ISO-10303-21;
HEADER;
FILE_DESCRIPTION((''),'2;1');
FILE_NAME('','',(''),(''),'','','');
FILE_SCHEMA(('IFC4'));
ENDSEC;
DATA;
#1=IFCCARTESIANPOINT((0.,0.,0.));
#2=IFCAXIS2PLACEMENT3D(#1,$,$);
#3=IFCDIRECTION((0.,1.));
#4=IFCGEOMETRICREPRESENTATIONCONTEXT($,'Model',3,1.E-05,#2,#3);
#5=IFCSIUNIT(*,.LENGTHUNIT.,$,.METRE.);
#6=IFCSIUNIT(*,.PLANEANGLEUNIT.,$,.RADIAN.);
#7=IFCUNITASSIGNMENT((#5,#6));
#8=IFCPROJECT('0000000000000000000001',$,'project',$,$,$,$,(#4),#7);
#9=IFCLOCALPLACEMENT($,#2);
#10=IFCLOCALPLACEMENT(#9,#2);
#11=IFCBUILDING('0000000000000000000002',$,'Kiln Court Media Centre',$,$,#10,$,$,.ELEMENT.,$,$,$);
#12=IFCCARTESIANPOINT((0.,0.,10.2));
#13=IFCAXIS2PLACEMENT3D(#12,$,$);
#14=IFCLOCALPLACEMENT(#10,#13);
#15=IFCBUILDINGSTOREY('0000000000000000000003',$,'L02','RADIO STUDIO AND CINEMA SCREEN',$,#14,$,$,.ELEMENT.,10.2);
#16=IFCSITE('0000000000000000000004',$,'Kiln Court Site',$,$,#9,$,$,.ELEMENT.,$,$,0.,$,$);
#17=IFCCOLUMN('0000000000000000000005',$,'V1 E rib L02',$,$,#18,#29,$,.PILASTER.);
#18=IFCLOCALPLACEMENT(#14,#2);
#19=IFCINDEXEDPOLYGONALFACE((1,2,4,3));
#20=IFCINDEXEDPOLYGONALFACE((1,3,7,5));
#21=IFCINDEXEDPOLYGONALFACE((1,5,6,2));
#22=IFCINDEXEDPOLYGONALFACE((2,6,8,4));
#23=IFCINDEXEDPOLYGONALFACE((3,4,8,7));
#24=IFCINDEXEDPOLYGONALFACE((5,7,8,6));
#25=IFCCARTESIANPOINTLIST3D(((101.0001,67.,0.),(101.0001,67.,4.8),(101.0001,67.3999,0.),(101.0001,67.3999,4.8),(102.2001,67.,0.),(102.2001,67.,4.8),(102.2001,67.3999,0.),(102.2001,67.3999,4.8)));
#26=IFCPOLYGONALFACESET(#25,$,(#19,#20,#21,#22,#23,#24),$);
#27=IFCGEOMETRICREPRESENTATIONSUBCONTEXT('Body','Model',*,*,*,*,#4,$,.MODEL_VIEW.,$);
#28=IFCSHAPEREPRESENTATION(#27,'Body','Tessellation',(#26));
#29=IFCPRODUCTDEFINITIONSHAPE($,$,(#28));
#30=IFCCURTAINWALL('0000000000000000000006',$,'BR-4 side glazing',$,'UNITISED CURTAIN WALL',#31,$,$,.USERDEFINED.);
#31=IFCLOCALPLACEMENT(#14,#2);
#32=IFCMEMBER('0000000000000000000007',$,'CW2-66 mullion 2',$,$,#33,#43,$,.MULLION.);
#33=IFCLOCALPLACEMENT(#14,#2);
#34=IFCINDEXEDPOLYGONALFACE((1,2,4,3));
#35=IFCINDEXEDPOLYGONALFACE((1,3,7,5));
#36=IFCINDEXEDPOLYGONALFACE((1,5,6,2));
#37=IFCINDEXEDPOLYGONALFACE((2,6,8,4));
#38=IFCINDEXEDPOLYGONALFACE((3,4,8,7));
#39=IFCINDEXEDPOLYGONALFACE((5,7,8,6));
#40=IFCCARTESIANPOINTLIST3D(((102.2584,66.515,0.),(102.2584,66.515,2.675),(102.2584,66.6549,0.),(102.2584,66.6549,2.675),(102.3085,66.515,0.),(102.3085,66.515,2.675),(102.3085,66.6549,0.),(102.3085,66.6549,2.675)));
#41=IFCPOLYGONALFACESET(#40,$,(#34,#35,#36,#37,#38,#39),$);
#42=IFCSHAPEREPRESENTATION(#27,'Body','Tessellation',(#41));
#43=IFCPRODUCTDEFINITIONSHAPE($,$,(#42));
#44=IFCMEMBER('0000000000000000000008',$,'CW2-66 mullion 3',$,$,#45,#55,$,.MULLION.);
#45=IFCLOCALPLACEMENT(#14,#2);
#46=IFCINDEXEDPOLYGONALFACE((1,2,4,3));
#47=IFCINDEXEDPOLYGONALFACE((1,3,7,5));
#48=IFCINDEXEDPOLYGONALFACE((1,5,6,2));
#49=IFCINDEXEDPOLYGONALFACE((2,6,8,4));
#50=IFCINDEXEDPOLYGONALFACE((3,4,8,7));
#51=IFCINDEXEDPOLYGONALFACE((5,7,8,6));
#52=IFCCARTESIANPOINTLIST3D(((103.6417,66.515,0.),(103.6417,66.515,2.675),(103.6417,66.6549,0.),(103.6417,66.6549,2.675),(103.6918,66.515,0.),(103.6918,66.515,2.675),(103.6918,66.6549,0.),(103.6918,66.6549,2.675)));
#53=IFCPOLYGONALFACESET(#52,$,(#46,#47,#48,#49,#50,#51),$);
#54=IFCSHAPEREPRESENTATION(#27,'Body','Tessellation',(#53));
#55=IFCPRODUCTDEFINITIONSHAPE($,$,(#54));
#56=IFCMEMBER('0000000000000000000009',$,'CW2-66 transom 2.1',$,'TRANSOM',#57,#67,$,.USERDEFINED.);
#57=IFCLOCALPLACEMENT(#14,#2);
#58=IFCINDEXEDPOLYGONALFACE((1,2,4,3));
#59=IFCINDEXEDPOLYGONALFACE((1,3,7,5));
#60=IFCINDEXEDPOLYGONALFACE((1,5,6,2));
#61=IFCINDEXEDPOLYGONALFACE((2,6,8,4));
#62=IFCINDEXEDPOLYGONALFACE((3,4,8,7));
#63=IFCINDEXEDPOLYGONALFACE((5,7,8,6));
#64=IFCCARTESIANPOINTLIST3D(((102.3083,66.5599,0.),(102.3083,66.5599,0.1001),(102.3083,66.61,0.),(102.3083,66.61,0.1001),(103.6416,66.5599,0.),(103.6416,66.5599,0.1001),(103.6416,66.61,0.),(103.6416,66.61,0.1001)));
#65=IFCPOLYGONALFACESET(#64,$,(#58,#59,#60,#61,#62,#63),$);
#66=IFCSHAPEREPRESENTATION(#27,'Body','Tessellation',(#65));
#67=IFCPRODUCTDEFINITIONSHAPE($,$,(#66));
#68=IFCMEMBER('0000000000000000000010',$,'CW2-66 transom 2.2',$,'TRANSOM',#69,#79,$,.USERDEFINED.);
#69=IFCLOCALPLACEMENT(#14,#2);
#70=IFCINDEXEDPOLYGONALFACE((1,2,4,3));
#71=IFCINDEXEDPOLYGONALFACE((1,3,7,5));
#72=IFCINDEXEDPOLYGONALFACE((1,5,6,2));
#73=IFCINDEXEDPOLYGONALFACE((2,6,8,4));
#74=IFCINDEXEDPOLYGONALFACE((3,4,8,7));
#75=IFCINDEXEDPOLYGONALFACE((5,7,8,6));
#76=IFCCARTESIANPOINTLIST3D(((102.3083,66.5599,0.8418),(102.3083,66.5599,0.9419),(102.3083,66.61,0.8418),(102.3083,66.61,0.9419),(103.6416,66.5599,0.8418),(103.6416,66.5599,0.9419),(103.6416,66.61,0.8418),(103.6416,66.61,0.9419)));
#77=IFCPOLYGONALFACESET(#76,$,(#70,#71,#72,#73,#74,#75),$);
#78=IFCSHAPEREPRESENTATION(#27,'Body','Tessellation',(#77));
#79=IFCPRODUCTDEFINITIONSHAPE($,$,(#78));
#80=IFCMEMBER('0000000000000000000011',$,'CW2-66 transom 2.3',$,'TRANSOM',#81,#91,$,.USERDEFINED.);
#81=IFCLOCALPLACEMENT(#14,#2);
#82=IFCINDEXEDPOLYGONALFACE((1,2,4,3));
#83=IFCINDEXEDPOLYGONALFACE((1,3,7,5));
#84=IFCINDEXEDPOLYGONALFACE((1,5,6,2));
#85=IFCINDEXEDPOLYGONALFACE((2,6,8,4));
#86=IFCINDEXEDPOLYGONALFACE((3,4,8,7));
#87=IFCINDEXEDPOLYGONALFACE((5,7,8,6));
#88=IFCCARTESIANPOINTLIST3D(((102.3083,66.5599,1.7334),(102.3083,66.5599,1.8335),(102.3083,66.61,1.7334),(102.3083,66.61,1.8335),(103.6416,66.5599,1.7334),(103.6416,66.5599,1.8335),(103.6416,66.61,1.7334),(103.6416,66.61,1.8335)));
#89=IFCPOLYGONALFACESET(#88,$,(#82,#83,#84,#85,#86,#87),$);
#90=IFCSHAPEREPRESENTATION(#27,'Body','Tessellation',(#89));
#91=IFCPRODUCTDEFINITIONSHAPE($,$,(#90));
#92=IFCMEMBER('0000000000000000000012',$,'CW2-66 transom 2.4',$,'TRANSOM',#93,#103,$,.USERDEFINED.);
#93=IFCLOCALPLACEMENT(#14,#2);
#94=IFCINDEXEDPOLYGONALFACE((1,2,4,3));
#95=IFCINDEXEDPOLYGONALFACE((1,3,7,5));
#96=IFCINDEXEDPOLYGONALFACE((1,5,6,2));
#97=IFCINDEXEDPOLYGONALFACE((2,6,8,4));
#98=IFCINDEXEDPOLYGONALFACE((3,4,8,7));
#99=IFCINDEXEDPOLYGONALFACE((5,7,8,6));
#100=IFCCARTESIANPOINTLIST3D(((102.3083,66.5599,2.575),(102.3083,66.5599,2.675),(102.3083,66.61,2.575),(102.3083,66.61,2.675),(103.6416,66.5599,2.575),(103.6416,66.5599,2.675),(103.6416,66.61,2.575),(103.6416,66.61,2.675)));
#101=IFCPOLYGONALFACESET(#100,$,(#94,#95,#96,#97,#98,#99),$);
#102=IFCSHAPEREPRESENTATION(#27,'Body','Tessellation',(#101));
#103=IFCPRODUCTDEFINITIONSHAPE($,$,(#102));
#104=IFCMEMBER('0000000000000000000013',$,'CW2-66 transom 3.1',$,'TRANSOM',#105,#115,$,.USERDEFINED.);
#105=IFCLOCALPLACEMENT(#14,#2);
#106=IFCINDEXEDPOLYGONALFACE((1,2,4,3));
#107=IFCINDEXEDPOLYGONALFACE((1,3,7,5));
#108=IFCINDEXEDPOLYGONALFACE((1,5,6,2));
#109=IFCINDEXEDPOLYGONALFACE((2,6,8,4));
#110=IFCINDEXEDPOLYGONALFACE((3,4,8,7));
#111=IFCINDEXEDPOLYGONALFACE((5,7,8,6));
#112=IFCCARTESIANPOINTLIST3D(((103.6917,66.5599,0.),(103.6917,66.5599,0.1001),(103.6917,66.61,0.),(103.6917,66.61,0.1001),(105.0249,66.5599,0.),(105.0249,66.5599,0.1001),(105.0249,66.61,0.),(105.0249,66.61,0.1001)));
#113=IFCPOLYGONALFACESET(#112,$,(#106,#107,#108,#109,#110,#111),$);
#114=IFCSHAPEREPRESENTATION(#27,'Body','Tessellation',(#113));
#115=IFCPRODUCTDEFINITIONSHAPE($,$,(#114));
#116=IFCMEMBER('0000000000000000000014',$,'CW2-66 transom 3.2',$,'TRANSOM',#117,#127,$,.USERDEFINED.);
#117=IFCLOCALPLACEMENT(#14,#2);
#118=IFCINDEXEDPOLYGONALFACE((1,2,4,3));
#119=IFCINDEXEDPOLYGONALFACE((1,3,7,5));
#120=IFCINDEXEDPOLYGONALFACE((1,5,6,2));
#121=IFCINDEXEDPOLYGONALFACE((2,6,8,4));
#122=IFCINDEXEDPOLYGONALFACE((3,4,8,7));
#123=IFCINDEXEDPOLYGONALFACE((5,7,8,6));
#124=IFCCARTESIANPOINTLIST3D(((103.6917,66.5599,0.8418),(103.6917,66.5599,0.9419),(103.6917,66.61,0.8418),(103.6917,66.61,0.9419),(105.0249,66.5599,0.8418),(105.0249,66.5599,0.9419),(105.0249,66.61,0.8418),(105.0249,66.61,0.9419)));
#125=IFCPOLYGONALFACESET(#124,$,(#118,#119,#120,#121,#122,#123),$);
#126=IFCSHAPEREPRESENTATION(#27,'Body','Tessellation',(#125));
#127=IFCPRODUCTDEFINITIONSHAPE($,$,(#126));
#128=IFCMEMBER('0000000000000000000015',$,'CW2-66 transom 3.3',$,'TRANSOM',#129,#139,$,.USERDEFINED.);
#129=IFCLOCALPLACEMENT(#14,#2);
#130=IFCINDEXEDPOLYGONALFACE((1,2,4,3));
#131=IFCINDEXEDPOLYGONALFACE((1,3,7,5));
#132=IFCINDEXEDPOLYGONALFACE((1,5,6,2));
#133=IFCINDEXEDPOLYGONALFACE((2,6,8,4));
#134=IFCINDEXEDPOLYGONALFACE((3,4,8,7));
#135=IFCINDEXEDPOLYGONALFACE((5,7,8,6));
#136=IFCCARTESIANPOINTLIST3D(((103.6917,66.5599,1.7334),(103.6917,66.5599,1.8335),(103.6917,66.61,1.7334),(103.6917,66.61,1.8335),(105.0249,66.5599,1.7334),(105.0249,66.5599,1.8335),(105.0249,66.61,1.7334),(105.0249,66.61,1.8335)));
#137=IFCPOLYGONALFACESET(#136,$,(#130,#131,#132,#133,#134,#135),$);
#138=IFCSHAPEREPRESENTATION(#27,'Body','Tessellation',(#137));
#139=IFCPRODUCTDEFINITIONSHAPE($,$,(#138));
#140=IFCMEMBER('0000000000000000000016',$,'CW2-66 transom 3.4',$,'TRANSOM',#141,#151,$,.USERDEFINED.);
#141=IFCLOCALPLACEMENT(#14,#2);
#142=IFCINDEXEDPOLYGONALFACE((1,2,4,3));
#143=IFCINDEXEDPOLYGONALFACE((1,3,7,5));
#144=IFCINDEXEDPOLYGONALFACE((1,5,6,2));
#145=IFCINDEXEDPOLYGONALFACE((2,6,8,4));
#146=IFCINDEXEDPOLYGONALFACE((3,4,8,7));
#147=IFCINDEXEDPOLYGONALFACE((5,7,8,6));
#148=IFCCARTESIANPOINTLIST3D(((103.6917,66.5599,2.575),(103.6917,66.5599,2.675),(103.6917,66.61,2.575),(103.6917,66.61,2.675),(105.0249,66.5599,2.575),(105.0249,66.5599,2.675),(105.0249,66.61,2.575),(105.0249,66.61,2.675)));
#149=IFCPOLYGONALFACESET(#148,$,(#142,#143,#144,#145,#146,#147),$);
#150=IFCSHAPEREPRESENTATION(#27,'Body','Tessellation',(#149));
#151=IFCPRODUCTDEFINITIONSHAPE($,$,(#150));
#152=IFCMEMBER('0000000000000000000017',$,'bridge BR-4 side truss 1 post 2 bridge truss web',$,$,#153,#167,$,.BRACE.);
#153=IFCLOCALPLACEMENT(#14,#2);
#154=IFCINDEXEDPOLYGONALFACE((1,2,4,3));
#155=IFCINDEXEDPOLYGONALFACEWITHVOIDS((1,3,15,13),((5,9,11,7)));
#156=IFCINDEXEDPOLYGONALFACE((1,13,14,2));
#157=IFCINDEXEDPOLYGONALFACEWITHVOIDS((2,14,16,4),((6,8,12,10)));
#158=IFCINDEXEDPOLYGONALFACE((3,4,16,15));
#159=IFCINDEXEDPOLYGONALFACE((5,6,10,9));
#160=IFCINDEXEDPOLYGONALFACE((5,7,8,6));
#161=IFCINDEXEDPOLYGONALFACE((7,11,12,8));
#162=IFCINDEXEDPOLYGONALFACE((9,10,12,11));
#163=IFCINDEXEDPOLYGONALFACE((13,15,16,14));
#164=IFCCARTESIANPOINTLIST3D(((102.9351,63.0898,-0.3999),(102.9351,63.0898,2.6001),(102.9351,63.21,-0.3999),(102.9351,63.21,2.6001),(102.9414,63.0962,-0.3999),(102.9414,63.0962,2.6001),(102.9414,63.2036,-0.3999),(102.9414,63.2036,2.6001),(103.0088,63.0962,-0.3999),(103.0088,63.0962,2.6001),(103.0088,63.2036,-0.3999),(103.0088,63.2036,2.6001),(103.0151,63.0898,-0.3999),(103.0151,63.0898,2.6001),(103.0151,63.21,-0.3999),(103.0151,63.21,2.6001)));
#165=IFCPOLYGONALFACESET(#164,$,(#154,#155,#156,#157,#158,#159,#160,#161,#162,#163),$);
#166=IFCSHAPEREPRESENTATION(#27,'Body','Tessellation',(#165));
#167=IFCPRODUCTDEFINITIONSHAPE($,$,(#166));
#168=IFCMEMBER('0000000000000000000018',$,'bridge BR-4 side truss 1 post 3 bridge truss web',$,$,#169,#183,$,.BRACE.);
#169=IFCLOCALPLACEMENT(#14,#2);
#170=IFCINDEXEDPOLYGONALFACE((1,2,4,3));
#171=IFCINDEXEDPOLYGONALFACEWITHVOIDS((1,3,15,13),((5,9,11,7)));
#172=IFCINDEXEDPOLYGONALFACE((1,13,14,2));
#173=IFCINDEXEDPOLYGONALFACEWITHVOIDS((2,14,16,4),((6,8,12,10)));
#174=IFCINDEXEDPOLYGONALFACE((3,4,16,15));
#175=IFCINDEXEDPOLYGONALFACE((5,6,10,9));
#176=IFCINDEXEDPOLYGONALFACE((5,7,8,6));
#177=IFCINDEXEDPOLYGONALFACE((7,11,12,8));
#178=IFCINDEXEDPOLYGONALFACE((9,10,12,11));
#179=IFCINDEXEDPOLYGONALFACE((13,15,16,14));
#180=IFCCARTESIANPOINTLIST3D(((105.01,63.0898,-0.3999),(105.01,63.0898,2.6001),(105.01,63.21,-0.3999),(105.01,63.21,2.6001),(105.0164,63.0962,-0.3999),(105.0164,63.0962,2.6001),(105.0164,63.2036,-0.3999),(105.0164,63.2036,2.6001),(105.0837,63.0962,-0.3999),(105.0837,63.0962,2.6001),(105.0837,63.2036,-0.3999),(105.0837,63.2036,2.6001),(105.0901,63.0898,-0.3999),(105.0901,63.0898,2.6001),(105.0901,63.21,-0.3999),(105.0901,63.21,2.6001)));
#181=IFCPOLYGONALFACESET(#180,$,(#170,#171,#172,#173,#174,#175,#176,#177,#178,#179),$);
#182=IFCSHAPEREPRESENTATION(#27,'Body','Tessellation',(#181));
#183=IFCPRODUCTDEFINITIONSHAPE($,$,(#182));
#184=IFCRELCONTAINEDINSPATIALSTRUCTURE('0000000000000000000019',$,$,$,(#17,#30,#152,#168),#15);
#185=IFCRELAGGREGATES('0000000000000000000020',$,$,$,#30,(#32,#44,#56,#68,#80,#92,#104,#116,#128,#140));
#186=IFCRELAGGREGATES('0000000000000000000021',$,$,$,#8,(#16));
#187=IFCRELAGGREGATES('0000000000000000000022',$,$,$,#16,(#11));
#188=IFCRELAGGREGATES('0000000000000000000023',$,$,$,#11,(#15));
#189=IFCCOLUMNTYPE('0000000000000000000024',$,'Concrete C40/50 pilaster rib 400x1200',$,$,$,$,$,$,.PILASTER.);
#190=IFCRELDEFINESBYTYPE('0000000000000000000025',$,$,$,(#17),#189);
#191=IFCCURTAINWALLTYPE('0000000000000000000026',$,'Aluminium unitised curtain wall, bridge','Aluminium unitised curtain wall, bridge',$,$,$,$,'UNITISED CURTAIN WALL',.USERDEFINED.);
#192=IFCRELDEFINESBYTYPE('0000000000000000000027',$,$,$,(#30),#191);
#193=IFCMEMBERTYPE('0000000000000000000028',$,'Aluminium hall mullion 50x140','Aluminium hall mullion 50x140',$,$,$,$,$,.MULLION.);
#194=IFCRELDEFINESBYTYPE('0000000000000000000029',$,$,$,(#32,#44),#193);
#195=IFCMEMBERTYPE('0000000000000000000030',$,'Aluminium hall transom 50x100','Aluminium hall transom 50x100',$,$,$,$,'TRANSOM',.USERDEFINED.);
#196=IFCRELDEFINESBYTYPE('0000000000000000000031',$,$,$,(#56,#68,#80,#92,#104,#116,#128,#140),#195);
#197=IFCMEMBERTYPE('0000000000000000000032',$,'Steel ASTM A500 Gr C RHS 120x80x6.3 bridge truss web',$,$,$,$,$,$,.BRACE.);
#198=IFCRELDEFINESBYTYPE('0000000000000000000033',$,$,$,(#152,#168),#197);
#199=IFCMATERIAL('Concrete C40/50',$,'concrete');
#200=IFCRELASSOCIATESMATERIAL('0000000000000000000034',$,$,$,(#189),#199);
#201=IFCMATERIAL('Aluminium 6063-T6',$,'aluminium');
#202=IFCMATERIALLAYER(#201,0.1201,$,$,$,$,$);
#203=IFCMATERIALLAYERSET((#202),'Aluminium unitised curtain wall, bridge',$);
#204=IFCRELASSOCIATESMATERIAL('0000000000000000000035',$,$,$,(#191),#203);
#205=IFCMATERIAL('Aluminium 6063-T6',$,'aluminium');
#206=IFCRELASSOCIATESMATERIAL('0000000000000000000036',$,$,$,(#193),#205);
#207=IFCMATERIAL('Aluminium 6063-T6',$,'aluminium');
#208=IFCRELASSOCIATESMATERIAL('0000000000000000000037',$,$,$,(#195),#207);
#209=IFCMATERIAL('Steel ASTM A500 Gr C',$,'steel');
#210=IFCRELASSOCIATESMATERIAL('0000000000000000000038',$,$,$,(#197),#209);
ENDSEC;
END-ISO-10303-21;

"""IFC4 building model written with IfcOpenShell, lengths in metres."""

from ifc_helpers import new_model, si_unit, direction, frame, origin, origin_2d, place, context, subcontext, project, spatial, rectangle, hollow_rectangle, extrude, material, layer, layer_set, material_profile, profile_set, type_object, element, aggregate, save


model = new_model("IFC4")

# Units and contexts
model_context = context("Model", 3, precision=1e-05, world=origin(), true_north=direction((0.0, 1.0)))
body_context = subcontext(model_context, "Body", "Model", "MODEL_VIEW")
ifc_project = project(units=[si_unit("LENGTHUNIT", "METRE"), si_unit("PLANEANGLEUNIT", "RADIAN")], contexts=[model_context])

# Site, building, storey
site_placement = place(None, origin())
site = spatial("IfcSite", under=ifc_project, at=site_placement, Name="Kiln Court Site", CompositionType="ELEMENT", RefElevation=0.0)
building_placement = place(site_placement, origin())
building = spatial("IfcBuilding", under=site, at=building_placement, Name="Kiln Court Media Centre", CompositionType="ELEMENT")
storey_placement = place(building_placement, frame((0.0, 0.0, 10.2)))
storey = spatial("IfcBuildingStorey", under=building, at=storey_placement, Name="L02", Description="RADIO STUDIO AND CINEMA SCREEN", CompositionType="ELEMENT", Elevation=10.2)

# Column
ifc_material_1 = material(Name="Concrete C40/50", Category="concrete")
ifc_material_profile_1 = material_profile(ifc_material_1, rectangle(XDim=0.3999, YDim=1.2, at=origin_2d()), Name="RC 400x1200")
ifc_profile_set_1 = profile_set([ifc_material_profile_1], Name="Concrete C40/50")
column_type = type_object("IfcColumnType", Name="Concrete C40/50 pilaster rib 400x1200", PredefinedType="PILASTER", material=ifc_profile_set_1)
column_placement = place(storey_placement, frame((101.6001, 67.2, 0.0), z_axis=(0.0, 0.0, 1.0), x_axis=(0.0, 1.0, 0.0)))
element("IfcColumn", 1, at=column_placement, inside=storey, type_object=column_type, Name="V1 E rib L02", PredefinedType="PILASTER", context=body_context, shape_type="SweptSolid", body=[
    extrude(rectangle(XDim=0.3999, YDim=1.2, at=origin_2d()), origin(), (0.0, 0.0, 1.0), 4.8),
])

# Curtain wall, members
ifc_material_2 = material(Name="Aluminium 6063-T6", Category="aluminium")
ifc_layer_1 = layer(ifc_material_2, 0.1201)
ifc_layer_set_1 = layer_set([ifc_layer_1], Name="Aluminium unitised curtain wall, bridge")
curtain_wall_type = type_object("IfcCurtainWallType", Name="Aluminium unitised curtain wall, bridge", Description="Aluminium unitised curtain wall, bridge", ElementType="UNITISED CURTAIN WALL", PredefinedType="USERDEFINED", material=ifc_layer_set_1)
curtain_wall_1_placement = place(storey_placement, origin())
curtain_wall_1 = element("IfcCurtainWall", 2, at=curtain_wall_1_placement, inside=storey, type_object=curtain_wall_type, Name="BR-4 side glazing", ObjectType="UNITISED CURTAIN WALL", PredefinedType="USERDEFINED")
ifc_material_3 = material(Name="Aluminium 6063-T6", Category="aluminium")
ifc_material_profile_2 = material_profile(ifc_material_3, rectangle(XDim=0.05, YDim=0.1399, at=origin_2d()), Name="Aluminium hall mullion 50x140")
ifc_profile_set_2 = profile_set([ifc_material_profile_2], Name="Aluminium 6063-T6")
member_type_1 = type_object("IfcMemberType", Name="Aluminium hall mullion 50x140", Description="Aluminium hall mullion 50x140", PredefinedType="MULLION", material=ifc_profile_set_2)
member_1_placement = place(storey_placement, frame((102.2834, 66.585, 0.0), z_axis=(0.0, 0.0, 1.0), x_axis=(1.0, 0.0, 0.0)))
member_1 = element("IfcMember", 3, at=member_1_placement, type_object=member_type_1, Name="CW2-66 mullion 2", PredefinedType="MULLION", context=body_context, shape_type="SweptSolid", body=[
    extrude(rectangle(XDim=0.05, YDim=0.1399, at=origin_2d()), origin(), (0.0, 0.0, 1.0), 2.675),
])
member_2_placement = place(storey_placement, frame((103.6667, 66.585, 0.0), z_axis=(0.0, 0.0, 1.0), x_axis=(1.0, 0.0, 0.0)))
member_2 = element("IfcMember", 4, at=member_2_placement, type_object=member_type_1, Name="CW2-66 mullion 3", PredefinedType="MULLION", context=body_context, shape_type="SweptSolid", body=[
    extrude(rectangle(XDim=0.05, YDim=0.1399, at=origin_2d()), origin(), (0.0, 0.0, 1.0), 2.675),
])
ifc_material_4 = material(Name="Aluminium 6063-T6", Category="aluminium")
ifc_material_profile_3 = material_profile(ifc_material_4, rectangle(XDim=0.05, YDim=0.1001, at=origin_2d()), Name="Aluminium hall transom 50x100")
ifc_profile_set_3 = profile_set([ifc_material_profile_3], Name="Aluminium 6063-T6")
member_type_2 = type_object("IfcMemberType", Name="Aluminium hall transom 50x100", Description="Aluminium hall transom 50x100", ElementType="TRANSOM", PredefinedType="USERDEFINED", material=ifc_profile_set_3)
member_3_placement = place(storey_placement, frame((102.3083, 66.585, 0.05), z_axis=(1.0, 0.0, 0.0), x_axis=(0.0, 1.0, 0.0)))
member_3 = element("IfcMember", 5, at=member_3_placement, type_object=member_type_2, Name="CW2-66 transom 2.1", ObjectType="TRANSOM", PredefinedType="USERDEFINED", context=body_context, shape_type="SweptSolid", body=[
    extrude(rectangle(XDim=0.05, YDim=0.1001, at=origin_2d()), origin(), (0.0, 0.0, 1.0), 1.3333),
])
member_4_placement = place(storey_placement, frame((102.3083, 66.585, 0.8918), z_axis=(1.0, 0.0, 0.0), x_axis=(0.0, 1.0, 0.0)))
member_4 = element("IfcMember", 6, at=member_4_placement, type_object=member_type_2, Name="CW2-66 transom 2.2", ObjectType="TRANSOM", PredefinedType="USERDEFINED", context=body_context, shape_type="SweptSolid", body=[
    extrude(rectangle(XDim=0.05, YDim=0.1001, at=origin_2d()), origin(), (0.0, 0.0, 1.0), 1.3333),
])
member_5_placement = place(storey_placement, frame((102.3083, 66.585, 1.7834), z_axis=(1.0, 0.0, 0.0), x_axis=(0.0, 1.0, 0.0)))
member_5 = element("IfcMember", 7, at=member_5_placement, type_object=member_type_2, Name="CW2-66 transom 2.3", ObjectType="TRANSOM", PredefinedType="USERDEFINED", context=body_context, shape_type="SweptSolid", body=[
    extrude(rectangle(XDim=0.05, YDim=0.1001, at=origin_2d()), origin(), (0.0, 0.0, 1.0), 1.3333),
])
member_6_placement = place(storey_placement, frame((102.3083, 66.585, 2.625), z_axis=(1.0, 0.0, 0.0), x_axis=(0.0, 1.0, 0.0)))
member_6 = element("IfcMember", 8, at=member_6_placement, type_object=member_type_2, Name="CW2-66 transom 2.4", ObjectType="TRANSOM", PredefinedType="USERDEFINED", context=body_context, shape_type="SweptSolid", body=[
    extrude(rectangle(XDim=0.05, YDim=0.1001, at=origin_2d()), origin(), (0.0, 0.0, 1.0), 1.3333),
])
member_7_placement = place(storey_placement, frame((103.6917, 66.585, 0.05), z_axis=(1.0, 0.0, 0.0), x_axis=(0.0, 1.0, 0.0)))
member_7 = element("IfcMember", 9, at=member_7_placement, type_object=member_type_2, Name="CW2-66 transom 3.1", ObjectType="TRANSOM", PredefinedType="USERDEFINED", context=body_context, shape_type="SweptSolid", body=[
    extrude(rectangle(XDim=0.05, YDim=0.1001, at=origin_2d()), origin(), (0.0, 0.0, 1.0), 1.3333),
])
member_8_placement = place(storey_placement, frame((103.6917, 66.585, 0.8918), z_axis=(1.0, 0.0, 0.0), x_axis=(0.0, 1.0, 0.0)))
member_8 = element("IfcMember", 10, at=member_8_placement, type_object=member_type_2, Name="CW2-66 transom 3.2", ObjectType="TRANSOM", PredefinedType="USERDEFINED", context=body_context, shape_type="SweptSolid", body=[
    extrude(rectangle(XDim=0.05, YDim=0.1001, at=origin_2d()), origin(), (0.0, 0.0, 1.0), 1.3333),
])
member_9_placement = place(storey_placement, frame((103.6917, 66.585, 1.7834), z_axis=(1.0, 0.0, 0.0), x_axis=(0.0, 1.0, 0.0)))
member_9 = element("IfcMember", 11, at=member_9_placement, type_object=member_type_2, Name="CW2-66 transom 3.3", ObjectType="TRANSOM", PredefinedType="USERDEFINED", context=body_context, shape_type="SweptSolid", body=[
    extrude(rectangle(XDim=0.05, YDim=0.1001, at=origin_2d()), origin(), (0.0, 0.0, 1.0), 1.3333),
])
member_10_placement = place(storey_placement, frame((103.6917, 66.585, 2.625), z_axis=(1.0, 0.0, 0.0), x_axis=(0.0, 1.0, 0.0)))
member_10 = element("IfcMember", 12, at=member_10_placement, type_object=member_type_2, Name="CW2-66 transom 3.4", ObjectType="TRANSOM", PredefinedType="USERDEFINED", context=body_context, shape_type="SweptSolid", body=[
    extrude(rectangle(XDim=0.05, YDim=0.1001, at=origin_2d()), origin(), (0.0, 0.0, 1.0), 1.3333),
])

# Members
ifc_material_5 = material(Name="Steel ASTM A500 Gr C", Category="steel")
ifc_material_profile_4 = material_profile(ifc_material_5, hollow_rectangle(XDim=0.0801, YDim=0.1201, WallThickness=0.0063, at=origin_2d()), Name="RHS 120x80x6.3")
ifc_profile_set_4 = profile_set([ifc_material_profile_4], Name="Steel ASTM A500 Gr C")
member_type_3 = type_object("IfcMemberType", Name="Steel ASTM A500 Gr C RHS 120x80x6.3 bridge truss web", PredefinedType="BRACE", material=ifc_profile_set_4)
for number, where, z_axis, x_axis, name in (
    (13, (102.9751, 63.1499, -0.3999), (0.0, 0.0, 1.0), (1.0, 0.0, 0.0), "bridge BR-4 side truss 1 post 2 bridge truss web"),
    (14, (105.05, 63.1499, -0.3999), (0.0, 0.0, 1.0), (1.0, 0.0, 0.0), "bridge BR-4 side truss 1 post 3 bridge truss web"),
):
    element("IfcMember", number, at=place(storey_placement, frame(where, z_axis=z_axis, x_axis=x_axis)), inside=storey, type_object=member_type_3, Name=name, PredefinedType="BRACE", context=body_context, shape_type="SweptSolid", body=[
        extrude(hollow_rectangle(XDim=0.0801, YDim=0.1201, WallThickness=0.0063, at=origin_2d()), origin(), (0.0, 0.0, 1.0), 3.0),
    ])

aggregate(curtain_wall_1, [member_1, member_2, member_3, member_4, member_5, member_6, member_7, member_8, member_9, member_10])

save(model, "model.ifc")
